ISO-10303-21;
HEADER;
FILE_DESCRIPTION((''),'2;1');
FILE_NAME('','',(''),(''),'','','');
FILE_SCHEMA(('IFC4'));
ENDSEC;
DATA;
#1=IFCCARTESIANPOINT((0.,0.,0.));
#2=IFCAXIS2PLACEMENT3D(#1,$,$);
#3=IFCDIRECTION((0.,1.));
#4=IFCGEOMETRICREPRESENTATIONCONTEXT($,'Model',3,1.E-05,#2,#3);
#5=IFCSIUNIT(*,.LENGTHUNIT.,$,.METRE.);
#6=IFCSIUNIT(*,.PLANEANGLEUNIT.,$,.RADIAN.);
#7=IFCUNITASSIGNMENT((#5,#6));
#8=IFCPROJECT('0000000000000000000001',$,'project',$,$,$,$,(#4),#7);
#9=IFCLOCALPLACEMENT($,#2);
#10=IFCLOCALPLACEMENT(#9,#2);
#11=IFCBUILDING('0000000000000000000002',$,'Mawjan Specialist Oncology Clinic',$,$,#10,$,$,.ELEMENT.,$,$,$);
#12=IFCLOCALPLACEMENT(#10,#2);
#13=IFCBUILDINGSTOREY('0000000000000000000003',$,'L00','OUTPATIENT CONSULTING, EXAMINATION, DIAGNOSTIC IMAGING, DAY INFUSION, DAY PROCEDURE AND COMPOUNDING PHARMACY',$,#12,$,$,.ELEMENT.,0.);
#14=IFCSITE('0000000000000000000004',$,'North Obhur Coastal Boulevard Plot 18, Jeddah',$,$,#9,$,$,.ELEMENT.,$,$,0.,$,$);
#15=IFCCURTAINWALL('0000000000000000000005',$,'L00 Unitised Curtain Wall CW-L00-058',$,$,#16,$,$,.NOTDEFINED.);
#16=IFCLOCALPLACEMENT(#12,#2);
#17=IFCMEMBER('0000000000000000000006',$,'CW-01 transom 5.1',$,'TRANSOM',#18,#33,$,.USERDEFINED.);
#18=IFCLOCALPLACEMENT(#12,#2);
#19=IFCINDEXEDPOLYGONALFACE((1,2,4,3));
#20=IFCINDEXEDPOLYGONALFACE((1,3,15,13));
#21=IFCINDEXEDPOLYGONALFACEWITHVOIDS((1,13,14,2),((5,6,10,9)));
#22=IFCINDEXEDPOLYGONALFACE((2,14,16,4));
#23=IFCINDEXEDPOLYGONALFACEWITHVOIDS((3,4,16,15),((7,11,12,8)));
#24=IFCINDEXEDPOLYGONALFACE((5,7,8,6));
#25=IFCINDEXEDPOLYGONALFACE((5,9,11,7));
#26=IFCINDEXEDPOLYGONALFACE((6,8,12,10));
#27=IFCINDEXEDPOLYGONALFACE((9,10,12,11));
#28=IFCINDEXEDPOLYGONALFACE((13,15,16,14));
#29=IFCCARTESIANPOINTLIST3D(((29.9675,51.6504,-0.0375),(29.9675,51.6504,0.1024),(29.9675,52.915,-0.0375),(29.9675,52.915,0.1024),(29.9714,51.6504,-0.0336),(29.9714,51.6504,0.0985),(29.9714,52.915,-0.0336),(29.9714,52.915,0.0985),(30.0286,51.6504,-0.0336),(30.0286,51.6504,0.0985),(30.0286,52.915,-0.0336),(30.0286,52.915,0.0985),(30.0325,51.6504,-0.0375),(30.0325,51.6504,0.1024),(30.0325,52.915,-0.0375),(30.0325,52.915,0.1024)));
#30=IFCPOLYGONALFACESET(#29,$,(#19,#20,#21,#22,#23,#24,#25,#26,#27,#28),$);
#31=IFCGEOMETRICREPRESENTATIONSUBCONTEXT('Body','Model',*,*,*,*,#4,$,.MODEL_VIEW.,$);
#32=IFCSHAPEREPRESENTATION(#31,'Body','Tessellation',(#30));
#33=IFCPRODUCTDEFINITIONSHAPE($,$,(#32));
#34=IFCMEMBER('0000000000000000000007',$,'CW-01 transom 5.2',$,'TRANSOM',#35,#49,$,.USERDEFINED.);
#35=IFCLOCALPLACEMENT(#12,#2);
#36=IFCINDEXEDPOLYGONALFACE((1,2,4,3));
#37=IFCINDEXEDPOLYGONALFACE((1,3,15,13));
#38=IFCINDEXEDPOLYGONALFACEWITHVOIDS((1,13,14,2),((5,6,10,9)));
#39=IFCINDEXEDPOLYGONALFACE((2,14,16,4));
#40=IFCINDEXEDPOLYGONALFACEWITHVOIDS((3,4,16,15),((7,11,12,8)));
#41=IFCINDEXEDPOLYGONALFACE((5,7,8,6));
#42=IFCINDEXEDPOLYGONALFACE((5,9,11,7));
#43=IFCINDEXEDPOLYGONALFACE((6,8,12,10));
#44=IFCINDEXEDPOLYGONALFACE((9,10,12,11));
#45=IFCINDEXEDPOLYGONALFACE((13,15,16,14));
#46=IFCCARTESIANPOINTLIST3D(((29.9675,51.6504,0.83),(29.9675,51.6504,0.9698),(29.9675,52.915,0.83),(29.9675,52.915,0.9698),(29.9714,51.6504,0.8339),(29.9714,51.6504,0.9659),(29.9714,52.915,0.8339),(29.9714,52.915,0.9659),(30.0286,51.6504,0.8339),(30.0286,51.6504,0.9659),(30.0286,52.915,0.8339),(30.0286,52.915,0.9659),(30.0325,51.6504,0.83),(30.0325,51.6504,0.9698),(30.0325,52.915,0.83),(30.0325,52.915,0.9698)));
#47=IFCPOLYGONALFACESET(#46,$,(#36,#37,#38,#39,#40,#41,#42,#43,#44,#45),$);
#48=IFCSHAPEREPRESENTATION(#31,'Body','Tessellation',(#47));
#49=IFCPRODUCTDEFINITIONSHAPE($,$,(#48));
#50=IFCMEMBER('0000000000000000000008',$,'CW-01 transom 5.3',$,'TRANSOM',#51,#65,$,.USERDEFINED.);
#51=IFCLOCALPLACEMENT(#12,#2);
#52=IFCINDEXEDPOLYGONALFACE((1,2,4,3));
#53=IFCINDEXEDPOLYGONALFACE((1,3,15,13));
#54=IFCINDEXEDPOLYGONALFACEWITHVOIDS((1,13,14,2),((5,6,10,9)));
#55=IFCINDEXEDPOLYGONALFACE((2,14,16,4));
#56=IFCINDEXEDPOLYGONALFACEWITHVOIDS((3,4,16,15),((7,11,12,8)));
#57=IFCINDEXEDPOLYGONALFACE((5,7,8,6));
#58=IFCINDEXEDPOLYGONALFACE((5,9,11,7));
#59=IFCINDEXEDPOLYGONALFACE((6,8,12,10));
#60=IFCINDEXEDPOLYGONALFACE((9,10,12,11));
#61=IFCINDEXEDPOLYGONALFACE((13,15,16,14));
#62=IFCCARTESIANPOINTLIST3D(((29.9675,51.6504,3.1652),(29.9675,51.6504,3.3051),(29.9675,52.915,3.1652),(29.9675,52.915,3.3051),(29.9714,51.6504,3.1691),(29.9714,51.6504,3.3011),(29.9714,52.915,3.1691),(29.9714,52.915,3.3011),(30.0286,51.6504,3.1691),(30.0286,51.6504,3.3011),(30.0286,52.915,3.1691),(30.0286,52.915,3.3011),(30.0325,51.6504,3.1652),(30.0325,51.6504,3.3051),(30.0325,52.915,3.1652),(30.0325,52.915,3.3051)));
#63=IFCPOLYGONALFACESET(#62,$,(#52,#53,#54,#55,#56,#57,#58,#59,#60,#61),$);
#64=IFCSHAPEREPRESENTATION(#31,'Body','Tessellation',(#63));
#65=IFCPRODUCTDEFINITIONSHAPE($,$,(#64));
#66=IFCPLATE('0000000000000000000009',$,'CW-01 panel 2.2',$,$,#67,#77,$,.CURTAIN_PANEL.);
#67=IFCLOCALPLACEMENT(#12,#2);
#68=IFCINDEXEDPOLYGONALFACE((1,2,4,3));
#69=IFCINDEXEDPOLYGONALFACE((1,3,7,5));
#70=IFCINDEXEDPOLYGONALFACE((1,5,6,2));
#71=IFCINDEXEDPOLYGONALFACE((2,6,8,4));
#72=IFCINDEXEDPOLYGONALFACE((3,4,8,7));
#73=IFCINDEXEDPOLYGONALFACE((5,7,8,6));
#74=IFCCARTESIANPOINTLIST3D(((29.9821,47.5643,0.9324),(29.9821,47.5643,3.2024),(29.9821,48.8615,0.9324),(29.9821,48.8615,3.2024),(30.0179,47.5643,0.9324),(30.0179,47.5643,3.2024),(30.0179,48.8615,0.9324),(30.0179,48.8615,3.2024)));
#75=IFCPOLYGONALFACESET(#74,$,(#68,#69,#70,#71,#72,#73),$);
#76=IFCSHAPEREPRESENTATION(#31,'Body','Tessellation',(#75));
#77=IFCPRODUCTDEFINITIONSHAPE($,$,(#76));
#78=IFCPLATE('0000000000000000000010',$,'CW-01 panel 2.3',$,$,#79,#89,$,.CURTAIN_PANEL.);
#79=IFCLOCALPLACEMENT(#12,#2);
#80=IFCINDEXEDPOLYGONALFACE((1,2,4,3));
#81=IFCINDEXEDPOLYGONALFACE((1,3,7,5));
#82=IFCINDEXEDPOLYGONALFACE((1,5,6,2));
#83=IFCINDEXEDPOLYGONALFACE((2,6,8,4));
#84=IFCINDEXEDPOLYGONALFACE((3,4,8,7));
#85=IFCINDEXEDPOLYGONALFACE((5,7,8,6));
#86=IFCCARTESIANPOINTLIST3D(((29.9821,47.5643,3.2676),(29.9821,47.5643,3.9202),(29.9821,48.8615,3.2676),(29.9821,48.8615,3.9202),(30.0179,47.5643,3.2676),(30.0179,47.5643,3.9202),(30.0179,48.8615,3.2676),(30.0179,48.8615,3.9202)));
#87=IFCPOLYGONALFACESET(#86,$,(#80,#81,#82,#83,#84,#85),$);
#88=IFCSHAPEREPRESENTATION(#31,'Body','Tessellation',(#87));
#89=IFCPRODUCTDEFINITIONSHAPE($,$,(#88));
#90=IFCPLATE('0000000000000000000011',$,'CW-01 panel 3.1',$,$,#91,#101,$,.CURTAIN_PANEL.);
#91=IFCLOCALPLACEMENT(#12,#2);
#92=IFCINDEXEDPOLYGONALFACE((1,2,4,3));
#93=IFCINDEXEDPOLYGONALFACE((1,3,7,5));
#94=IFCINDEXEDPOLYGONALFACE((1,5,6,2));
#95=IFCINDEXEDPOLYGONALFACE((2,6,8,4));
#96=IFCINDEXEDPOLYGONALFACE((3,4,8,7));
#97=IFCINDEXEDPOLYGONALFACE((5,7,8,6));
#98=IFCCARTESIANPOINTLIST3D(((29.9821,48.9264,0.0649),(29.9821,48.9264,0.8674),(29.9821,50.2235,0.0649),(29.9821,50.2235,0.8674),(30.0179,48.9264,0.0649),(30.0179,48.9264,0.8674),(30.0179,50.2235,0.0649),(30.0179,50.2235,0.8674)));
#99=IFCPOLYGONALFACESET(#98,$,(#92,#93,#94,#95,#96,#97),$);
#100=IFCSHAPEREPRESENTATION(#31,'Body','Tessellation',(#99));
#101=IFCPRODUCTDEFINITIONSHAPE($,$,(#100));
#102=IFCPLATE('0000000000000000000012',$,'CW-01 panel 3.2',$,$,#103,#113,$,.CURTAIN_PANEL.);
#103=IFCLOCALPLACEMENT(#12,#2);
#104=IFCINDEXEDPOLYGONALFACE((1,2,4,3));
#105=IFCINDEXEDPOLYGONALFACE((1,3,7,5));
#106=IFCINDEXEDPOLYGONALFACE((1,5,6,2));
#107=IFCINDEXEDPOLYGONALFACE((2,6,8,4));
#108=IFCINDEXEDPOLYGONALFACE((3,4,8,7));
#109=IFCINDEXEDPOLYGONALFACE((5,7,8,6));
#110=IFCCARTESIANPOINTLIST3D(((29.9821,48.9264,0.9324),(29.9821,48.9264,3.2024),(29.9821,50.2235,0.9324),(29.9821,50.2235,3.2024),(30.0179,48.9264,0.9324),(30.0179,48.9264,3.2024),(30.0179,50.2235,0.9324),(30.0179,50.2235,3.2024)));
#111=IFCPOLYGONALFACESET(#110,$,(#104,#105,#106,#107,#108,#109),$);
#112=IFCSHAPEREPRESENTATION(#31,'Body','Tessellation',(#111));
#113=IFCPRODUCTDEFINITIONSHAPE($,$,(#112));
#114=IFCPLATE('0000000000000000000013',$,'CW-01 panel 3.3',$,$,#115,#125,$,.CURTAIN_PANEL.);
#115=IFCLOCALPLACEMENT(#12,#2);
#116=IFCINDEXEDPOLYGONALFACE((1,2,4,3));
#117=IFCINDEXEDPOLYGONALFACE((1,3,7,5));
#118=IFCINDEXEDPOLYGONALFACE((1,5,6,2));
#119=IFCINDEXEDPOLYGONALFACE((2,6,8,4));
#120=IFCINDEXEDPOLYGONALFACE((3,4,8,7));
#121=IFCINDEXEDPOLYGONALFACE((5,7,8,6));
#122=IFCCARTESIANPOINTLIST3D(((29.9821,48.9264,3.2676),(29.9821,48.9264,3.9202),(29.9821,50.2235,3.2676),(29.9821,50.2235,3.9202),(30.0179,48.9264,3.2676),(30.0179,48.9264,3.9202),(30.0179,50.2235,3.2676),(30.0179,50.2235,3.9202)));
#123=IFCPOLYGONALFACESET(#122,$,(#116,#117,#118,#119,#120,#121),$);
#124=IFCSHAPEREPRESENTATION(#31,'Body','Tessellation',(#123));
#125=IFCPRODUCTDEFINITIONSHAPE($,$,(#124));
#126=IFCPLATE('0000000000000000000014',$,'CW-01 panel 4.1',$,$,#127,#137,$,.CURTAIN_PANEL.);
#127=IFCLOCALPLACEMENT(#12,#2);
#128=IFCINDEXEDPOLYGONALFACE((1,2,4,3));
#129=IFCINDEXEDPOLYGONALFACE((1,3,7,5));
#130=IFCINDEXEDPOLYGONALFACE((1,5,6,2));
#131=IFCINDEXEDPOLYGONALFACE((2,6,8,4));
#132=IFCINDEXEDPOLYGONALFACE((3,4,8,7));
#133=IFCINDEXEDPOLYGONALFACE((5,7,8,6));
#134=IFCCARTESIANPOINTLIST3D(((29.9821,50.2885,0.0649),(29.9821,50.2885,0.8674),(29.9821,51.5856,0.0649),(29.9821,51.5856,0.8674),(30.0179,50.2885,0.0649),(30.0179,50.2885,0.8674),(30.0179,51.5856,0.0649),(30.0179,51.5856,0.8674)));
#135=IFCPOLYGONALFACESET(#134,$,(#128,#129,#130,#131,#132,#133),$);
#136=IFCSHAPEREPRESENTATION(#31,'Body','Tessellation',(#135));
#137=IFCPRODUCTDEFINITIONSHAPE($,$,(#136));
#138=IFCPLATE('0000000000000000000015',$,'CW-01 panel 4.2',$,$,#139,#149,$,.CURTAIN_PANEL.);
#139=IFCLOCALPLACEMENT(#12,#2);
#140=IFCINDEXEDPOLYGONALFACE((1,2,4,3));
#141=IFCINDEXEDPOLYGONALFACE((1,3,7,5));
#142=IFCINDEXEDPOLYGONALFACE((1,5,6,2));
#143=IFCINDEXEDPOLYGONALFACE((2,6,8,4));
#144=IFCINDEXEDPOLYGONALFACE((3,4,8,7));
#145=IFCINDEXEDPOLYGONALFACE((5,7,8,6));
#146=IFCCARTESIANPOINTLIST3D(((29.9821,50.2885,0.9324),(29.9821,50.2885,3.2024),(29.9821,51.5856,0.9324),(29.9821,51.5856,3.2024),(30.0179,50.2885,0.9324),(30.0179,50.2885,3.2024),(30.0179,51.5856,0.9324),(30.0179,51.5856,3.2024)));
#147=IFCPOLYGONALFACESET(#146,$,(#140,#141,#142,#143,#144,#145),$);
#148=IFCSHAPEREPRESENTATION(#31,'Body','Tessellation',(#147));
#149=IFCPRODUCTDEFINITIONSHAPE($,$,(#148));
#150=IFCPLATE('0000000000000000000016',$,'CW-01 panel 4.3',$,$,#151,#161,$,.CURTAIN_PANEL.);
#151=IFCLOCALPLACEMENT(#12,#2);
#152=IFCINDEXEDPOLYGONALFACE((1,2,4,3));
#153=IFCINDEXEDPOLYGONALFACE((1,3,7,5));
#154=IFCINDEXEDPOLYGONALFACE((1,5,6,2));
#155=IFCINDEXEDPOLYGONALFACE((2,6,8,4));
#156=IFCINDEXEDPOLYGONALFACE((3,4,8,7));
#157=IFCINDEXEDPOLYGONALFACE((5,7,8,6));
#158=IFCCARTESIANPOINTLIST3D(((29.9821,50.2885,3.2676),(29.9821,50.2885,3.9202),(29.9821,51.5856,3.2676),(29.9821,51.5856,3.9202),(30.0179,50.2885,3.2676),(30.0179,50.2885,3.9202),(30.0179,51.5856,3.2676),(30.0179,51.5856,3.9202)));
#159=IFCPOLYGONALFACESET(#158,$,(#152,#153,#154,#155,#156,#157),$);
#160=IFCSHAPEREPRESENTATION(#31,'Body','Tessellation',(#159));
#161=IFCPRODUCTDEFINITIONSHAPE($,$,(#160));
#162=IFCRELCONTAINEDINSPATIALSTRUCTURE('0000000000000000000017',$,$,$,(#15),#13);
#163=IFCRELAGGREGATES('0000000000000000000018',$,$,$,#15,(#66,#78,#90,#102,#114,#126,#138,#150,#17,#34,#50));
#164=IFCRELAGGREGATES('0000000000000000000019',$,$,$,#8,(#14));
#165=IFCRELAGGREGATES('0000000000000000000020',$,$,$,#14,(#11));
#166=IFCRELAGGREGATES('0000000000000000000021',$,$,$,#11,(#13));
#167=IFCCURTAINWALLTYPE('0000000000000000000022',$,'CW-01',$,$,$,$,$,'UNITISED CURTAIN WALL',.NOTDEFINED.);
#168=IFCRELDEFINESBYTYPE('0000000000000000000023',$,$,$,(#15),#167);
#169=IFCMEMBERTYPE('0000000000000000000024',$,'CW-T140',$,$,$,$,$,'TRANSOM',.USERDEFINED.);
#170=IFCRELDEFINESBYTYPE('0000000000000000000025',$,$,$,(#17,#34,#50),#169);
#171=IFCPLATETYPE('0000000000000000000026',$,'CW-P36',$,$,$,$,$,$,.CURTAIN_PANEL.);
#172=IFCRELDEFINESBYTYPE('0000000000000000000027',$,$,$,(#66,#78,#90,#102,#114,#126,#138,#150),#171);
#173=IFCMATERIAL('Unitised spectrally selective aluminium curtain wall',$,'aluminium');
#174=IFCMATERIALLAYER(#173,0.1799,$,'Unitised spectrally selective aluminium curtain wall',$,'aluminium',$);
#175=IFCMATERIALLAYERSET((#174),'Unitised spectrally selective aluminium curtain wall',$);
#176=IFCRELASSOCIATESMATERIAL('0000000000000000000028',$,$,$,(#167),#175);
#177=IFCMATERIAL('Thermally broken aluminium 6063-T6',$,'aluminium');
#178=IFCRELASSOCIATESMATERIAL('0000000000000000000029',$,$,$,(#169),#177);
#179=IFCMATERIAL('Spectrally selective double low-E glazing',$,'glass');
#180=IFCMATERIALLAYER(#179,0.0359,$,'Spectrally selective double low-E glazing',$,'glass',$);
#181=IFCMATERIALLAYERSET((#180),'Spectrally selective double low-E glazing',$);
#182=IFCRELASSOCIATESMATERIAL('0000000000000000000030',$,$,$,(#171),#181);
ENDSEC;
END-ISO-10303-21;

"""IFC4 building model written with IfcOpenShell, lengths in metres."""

from ifc_helpers import new_model, si_unit, direction, frame, origin, origin_2d, place, context, subcontext, project, spatial, rectangle, hollow_rectangle, extrude, material, layer, layer_set, material_profile, profile_set, type_object, element, aggregate, save


model = new_model("IFC4")

# Units and contexts
model_context = context("Model", 3, precision=1e-05, world=origin(), true_north=direction((0.0, 1.0)))
body_context = subcontext(model_context, "Body", "Model", "MODEL_VIEW")
ifc_project = project(units=[si_unit("LENGTHUNIT", "METRE"), si_unit("PLANEANGLEUNIT", "RADIAN")], contexts=[model_context])

# Site, building, storey
site_placement = place(None, origin())
site = spatial("IfcSite", under=ifc_project, at=site_placement, Name="North Obhur Coastal Boulevard Plot 18, Jeddah", CompositionType="ELEMENT", RefElevation=0.0)
building_placement = place(site_placement, origin())
building = spatial("IfcBuilding", under=site, at=building_placement, Name="Mawjan Specialist Oncology Clinic", CompositionType="ELEMENT")
storey_placement = place(building_placement, origin())
storey = spatial("IfcBuildingStorey", under=building, at=storey_placement, Name="L00", Description="OUTPATIENT CONSULTING, EXAMINATION, DIAGNOSTIC IMAGING, DAY INFUSION, DAY PROCEDURE AND COMPOUNDING PHARMACY", CompositionType="ELEMENT", Elevation=0.0)

# Curtain wall, members, plates
ifc_material_1 = material(Name="Unitised spectrally selective aluminium curtain wall", Category="aluminium")
ifc_layer_1 = layer(ifc_material_1, 0.1799, Name="Unitised spectrally selective aluminium curtain wall", Category="aluminium")
ifc_layer_set_1 = layer_set([ifc_layer_1], Name="Unitised spectrally selective aluminium curtain wall")
curtain_wall_type = type_object("IfcCurtainWallType", Name="CW-01", ElementType="UNITISED CURTAIN WALL", PredefinedType="NOTDEFINED", material=ifc_layer_set_1)
curtain_wall_placement = place(storey_placement, origin())
curtain_wall = element("IfcCurtainWall", 1, at=curtain_wall_placement, inside=storey, type_object=curtain_wall_type, Name="L00 Unitised Curtain Wall CW-L00-058", PredefinedType="NOTDEFINED")
ifc_material_2 = material(Name="Thermally broken aluminium 6063-T6", Category="aluminium")
ifc_material_profile_1 = material_profile(ifc_material_2, hollow_rectangle(XDim=0.0649, YDim=0.1399, WallThickness=0.0039, at=origin_2d()), Name="ALU TRANSOM 140x65x4", Category="aluminium")
ifc_profile_set_1 = profile_set([ifc_material_profile_1], Name="Thermally broken aluminium 6063-T6")
member_type_1 = type_object("IfcMemberType", Name="CW-T140", ElementType="TRANSOM", PredefinedType="USERDEFINED", material=ifc_profile_set_1)
member_1_placement = place(storey_placement, frame((30.0, 51.6504, 0.0325), z_axis=(0.0, 1.0, 0.0), x_axis=(-1.0, 0.0, 0.0)))
member_1 = element("IfcMember", 2, at=member_1_placement, type_object=member_type_1, Name="CW-01 transom 5.1", ObjectType="TRANSOM", PredefinedType="USERDEFINED", context=body_context, shape_type="SweptSolid", body=[
    extrude(hollow_rectangle(XDim=0.0649, YDim=0.1399, WallThickness=0.0039, at=origin_2d()), origin(), (0.0, 0.0, 1.0), 1.2646),
])
member_2_placement = place(storey_placement, frame((30.0, 51.6504, 0.8999), z_axis=(0.0, 1.0, 0.0), x_axis=(-1.0, 0.0, 0.0)))
member_2 = element("IfcMember", 3, at=member_2_placement, type_object=member_type_1, Name="CW-01 transom 5.2", ObjectType="TRANSOM", PredefinedType="USERDEFINED", context=body_context, shape_type="SweptSolid", body=[
    extrude(hollow_rectangle(XDim=0.0649, YDim=0.1399, WallThickness=0.0039, at=origin_2d()), origin(), (0.0, 0.0, 1.0), 1.2646),
])
member_3_placement = place(storey_placement, frame((30.0, 51.6504, 3.2351), z_axis=(0.0, 1.0, 0.0), x_axis=(-1.0, 0.0, 0.0)))
member_3 = element("IfcMember", 4, at=member_3_placement, type_object=member_type_1, Name="CW-01 transom 5.3", ObjectType="TRANSOM", PredefinedType="USERDEFINED", context=body_context, shape_type="SweptSolid", body=[
    extrude(hollow_rectangle(XDim=0.0649, YDim=0.1399, WallThickness=0.0039, at=origin_2d()), origin(), (0.0, 0.0, 1.0), 1.2646),
])
ifc_material_3 = material(Name="Spectrally selective double low-E glazing", Category="glass")
ifc_layer_2 = layer(ifc_material_3, 0.0359, Name="Spectrally selective double low-E glazing", Category="glass")
ifc_layer_set_2 = layer_set([ifc_layer_2], Name="Spectrally selective double low-E glazing")
plate_type = type_object("IfcPlateType", Name="CW-P36", PredefinedType="CURTAIN_PANEL", material=ifc_layer_set_2)
plate_1_placement = place(storey_placement, frame((30.0, 48.2129, 0.9324), z_axis=(0.0, 0.0, 1.0), x_axis=(0.0, 1.0, 0.0)))
plate_1 = element("IfcPlate", 5, at=plate_1_placement, type_object=plate_type, Name="CW-01 panel 2.2", PredefinedType="CURTAIN_PANEL", context=body_context, shape_type="SweptSolid", body=[
    extrude(rectangle(XDim=1.2971, YDim=0.0359, at=origin_2d()), origin(), (0.0, 0.0, 1.0), 2.27),
])
plate_2_placement = place(storey_placement, frame((30.0, 48.2129, 3.2676), z_axis=(0.0, 0.0, 1.0), x_axis=(0.0, 1.0, 0.0)))
plate_2 = element("IfcPlate", 6, at=plate_2_placement, type_object=plate_type, Name="CW-01 panel 2.3", PredefinedType="CURTAIN_PANEL", context=body_context, shape_type="SweptSolid", body=[
    extrude(rectangle(XDim=1.2971, YDim=0.0359, at=origin_2d()), origin(), (0.0, 0.0, 1.0), 0.6526),
])
plate_3_placement = place(storey_placement, frame((30.0, 49.575, 0.0649), z_axis=(0.0, 0.0, 1.0), x_axis=(0.0, 1.0, 0.0)))
plate_3 = element("IfcPlate", 7, at=plate_3_placement, type_object=plate_type, Name="CW-01 panel 3.1", PredefinedType="CURTAIN_PANEL", context=body_context, shape_type="SweptSolid", body=[
    extrude(rectangle(XDim=1.2971, YDim=0.0359, at=origin_2d()), origin(), (0.0, 0.0, 1.0), 0.8025),
])
plate_4_placement = place(storey_placement, frame((30.0, 49.575, 0.9324), z_axis=(0.0, 0.0, 1.0), x_axis=(0.0, 1.0, 0.0)))
plate_4 = element("IfcPlate", 8, at=plate_4_placement, type_object=plate_type, Name="CW-01 panel 3.2", PredefinedType="CURTAIN_PANEL", context=body_context, shape_type="SweptSolid", body=[
    extrude(rectangle(XDim=1.2971, YDim=0.0359, at=origin_2d()), origin(), (0.0, 0.0, 1.0), 2.27),
])
plate_5_placement = place(storey_placement, frame((30.0, 49.575, 3.2676), z_axis=(0.0, 0.0, 1.0), x_axis=(0.0, 1.0, 0.0)))
plate_5 = element("IfcPlate", 9, at=plate_5_placement, type_object=plate_type, Name="CW-01 panel 3.3", PredefinedType="CURTAIN_PANEL", context=body_context, shape_type="SweptSolid", body=[
    extrude(rectangle(XDim=1.2971, YDim=0.0359, at=origin_2d()), origin(), (0.0, 0.0, 1.0), 0.6526),
])
plate_6_placement = place(storey_placement, frame((30.0, 50.937, 0.0649), z_axis=(0.0, 0.0, 1.0), x_axis=(0.0, 1.0, 0.0)))
plate_6 = element("IfcPlate", 10, at=plate_6_placement, type_object=plate_type, Name="CW-01 panel 4.1", PredefinedType="CURTAIN_PANEL", context=body_context, shape_type="SweptSolid", body=[
    extrude(rectangle(XDim=1.2971, YDim=0.0359, at=origin_2d()), origin(), (0.0, 0.0, 1.0), 0.8025),
])
plate_7_placement = place(storey_placement, frame((30.0, 50.937, 0.9324), z_axis=(0.0, 0.0, 1.0), x_axis=(0.0, 1.0, 0.0)))
plate_7 = element("IfcPlate", 11, at=plate_7_placement, type_object=plate_type, Name="CW-01 panel 4.2", PredefinedType="CURTAIN_PANEL", context=body_context, shape_type="SweptSolid", body=[
    extrude(rectangle(XDim=1.2971, YDim=0.0359, at=origin_2d()), origin(), (0.0, 0.0, 1.0), 2.27),
])
plate_8_placement = place(storey_placement, frame((30.0, 50.937, 3.2676), z_axis=(0.0, 0.0, 1.0), x_axis=(0.0, 1.0, 0.0)))
plate_8 = element("IfcPlate", 12, at=plate_8_placement, type_object=plate_type, Name="CW-01 panel 4.3", PredefinedType="CURTAIN_PANEL", context=body_context, shape_type="SweptSolid", body=[
    extrude(rectangle(XDim=1.2971, YDim=0.0359, at=origin_2d()), origin(), (0.0, 0.0, 1.0), 0.6526),
])
aggregate(curtain_wall, [plate_1, plate_2, plate_3, plate_4, plate_5, plate_6, plate_7, plate_8, member_1, member_2, member_3])

save(model, "model.ifc")
